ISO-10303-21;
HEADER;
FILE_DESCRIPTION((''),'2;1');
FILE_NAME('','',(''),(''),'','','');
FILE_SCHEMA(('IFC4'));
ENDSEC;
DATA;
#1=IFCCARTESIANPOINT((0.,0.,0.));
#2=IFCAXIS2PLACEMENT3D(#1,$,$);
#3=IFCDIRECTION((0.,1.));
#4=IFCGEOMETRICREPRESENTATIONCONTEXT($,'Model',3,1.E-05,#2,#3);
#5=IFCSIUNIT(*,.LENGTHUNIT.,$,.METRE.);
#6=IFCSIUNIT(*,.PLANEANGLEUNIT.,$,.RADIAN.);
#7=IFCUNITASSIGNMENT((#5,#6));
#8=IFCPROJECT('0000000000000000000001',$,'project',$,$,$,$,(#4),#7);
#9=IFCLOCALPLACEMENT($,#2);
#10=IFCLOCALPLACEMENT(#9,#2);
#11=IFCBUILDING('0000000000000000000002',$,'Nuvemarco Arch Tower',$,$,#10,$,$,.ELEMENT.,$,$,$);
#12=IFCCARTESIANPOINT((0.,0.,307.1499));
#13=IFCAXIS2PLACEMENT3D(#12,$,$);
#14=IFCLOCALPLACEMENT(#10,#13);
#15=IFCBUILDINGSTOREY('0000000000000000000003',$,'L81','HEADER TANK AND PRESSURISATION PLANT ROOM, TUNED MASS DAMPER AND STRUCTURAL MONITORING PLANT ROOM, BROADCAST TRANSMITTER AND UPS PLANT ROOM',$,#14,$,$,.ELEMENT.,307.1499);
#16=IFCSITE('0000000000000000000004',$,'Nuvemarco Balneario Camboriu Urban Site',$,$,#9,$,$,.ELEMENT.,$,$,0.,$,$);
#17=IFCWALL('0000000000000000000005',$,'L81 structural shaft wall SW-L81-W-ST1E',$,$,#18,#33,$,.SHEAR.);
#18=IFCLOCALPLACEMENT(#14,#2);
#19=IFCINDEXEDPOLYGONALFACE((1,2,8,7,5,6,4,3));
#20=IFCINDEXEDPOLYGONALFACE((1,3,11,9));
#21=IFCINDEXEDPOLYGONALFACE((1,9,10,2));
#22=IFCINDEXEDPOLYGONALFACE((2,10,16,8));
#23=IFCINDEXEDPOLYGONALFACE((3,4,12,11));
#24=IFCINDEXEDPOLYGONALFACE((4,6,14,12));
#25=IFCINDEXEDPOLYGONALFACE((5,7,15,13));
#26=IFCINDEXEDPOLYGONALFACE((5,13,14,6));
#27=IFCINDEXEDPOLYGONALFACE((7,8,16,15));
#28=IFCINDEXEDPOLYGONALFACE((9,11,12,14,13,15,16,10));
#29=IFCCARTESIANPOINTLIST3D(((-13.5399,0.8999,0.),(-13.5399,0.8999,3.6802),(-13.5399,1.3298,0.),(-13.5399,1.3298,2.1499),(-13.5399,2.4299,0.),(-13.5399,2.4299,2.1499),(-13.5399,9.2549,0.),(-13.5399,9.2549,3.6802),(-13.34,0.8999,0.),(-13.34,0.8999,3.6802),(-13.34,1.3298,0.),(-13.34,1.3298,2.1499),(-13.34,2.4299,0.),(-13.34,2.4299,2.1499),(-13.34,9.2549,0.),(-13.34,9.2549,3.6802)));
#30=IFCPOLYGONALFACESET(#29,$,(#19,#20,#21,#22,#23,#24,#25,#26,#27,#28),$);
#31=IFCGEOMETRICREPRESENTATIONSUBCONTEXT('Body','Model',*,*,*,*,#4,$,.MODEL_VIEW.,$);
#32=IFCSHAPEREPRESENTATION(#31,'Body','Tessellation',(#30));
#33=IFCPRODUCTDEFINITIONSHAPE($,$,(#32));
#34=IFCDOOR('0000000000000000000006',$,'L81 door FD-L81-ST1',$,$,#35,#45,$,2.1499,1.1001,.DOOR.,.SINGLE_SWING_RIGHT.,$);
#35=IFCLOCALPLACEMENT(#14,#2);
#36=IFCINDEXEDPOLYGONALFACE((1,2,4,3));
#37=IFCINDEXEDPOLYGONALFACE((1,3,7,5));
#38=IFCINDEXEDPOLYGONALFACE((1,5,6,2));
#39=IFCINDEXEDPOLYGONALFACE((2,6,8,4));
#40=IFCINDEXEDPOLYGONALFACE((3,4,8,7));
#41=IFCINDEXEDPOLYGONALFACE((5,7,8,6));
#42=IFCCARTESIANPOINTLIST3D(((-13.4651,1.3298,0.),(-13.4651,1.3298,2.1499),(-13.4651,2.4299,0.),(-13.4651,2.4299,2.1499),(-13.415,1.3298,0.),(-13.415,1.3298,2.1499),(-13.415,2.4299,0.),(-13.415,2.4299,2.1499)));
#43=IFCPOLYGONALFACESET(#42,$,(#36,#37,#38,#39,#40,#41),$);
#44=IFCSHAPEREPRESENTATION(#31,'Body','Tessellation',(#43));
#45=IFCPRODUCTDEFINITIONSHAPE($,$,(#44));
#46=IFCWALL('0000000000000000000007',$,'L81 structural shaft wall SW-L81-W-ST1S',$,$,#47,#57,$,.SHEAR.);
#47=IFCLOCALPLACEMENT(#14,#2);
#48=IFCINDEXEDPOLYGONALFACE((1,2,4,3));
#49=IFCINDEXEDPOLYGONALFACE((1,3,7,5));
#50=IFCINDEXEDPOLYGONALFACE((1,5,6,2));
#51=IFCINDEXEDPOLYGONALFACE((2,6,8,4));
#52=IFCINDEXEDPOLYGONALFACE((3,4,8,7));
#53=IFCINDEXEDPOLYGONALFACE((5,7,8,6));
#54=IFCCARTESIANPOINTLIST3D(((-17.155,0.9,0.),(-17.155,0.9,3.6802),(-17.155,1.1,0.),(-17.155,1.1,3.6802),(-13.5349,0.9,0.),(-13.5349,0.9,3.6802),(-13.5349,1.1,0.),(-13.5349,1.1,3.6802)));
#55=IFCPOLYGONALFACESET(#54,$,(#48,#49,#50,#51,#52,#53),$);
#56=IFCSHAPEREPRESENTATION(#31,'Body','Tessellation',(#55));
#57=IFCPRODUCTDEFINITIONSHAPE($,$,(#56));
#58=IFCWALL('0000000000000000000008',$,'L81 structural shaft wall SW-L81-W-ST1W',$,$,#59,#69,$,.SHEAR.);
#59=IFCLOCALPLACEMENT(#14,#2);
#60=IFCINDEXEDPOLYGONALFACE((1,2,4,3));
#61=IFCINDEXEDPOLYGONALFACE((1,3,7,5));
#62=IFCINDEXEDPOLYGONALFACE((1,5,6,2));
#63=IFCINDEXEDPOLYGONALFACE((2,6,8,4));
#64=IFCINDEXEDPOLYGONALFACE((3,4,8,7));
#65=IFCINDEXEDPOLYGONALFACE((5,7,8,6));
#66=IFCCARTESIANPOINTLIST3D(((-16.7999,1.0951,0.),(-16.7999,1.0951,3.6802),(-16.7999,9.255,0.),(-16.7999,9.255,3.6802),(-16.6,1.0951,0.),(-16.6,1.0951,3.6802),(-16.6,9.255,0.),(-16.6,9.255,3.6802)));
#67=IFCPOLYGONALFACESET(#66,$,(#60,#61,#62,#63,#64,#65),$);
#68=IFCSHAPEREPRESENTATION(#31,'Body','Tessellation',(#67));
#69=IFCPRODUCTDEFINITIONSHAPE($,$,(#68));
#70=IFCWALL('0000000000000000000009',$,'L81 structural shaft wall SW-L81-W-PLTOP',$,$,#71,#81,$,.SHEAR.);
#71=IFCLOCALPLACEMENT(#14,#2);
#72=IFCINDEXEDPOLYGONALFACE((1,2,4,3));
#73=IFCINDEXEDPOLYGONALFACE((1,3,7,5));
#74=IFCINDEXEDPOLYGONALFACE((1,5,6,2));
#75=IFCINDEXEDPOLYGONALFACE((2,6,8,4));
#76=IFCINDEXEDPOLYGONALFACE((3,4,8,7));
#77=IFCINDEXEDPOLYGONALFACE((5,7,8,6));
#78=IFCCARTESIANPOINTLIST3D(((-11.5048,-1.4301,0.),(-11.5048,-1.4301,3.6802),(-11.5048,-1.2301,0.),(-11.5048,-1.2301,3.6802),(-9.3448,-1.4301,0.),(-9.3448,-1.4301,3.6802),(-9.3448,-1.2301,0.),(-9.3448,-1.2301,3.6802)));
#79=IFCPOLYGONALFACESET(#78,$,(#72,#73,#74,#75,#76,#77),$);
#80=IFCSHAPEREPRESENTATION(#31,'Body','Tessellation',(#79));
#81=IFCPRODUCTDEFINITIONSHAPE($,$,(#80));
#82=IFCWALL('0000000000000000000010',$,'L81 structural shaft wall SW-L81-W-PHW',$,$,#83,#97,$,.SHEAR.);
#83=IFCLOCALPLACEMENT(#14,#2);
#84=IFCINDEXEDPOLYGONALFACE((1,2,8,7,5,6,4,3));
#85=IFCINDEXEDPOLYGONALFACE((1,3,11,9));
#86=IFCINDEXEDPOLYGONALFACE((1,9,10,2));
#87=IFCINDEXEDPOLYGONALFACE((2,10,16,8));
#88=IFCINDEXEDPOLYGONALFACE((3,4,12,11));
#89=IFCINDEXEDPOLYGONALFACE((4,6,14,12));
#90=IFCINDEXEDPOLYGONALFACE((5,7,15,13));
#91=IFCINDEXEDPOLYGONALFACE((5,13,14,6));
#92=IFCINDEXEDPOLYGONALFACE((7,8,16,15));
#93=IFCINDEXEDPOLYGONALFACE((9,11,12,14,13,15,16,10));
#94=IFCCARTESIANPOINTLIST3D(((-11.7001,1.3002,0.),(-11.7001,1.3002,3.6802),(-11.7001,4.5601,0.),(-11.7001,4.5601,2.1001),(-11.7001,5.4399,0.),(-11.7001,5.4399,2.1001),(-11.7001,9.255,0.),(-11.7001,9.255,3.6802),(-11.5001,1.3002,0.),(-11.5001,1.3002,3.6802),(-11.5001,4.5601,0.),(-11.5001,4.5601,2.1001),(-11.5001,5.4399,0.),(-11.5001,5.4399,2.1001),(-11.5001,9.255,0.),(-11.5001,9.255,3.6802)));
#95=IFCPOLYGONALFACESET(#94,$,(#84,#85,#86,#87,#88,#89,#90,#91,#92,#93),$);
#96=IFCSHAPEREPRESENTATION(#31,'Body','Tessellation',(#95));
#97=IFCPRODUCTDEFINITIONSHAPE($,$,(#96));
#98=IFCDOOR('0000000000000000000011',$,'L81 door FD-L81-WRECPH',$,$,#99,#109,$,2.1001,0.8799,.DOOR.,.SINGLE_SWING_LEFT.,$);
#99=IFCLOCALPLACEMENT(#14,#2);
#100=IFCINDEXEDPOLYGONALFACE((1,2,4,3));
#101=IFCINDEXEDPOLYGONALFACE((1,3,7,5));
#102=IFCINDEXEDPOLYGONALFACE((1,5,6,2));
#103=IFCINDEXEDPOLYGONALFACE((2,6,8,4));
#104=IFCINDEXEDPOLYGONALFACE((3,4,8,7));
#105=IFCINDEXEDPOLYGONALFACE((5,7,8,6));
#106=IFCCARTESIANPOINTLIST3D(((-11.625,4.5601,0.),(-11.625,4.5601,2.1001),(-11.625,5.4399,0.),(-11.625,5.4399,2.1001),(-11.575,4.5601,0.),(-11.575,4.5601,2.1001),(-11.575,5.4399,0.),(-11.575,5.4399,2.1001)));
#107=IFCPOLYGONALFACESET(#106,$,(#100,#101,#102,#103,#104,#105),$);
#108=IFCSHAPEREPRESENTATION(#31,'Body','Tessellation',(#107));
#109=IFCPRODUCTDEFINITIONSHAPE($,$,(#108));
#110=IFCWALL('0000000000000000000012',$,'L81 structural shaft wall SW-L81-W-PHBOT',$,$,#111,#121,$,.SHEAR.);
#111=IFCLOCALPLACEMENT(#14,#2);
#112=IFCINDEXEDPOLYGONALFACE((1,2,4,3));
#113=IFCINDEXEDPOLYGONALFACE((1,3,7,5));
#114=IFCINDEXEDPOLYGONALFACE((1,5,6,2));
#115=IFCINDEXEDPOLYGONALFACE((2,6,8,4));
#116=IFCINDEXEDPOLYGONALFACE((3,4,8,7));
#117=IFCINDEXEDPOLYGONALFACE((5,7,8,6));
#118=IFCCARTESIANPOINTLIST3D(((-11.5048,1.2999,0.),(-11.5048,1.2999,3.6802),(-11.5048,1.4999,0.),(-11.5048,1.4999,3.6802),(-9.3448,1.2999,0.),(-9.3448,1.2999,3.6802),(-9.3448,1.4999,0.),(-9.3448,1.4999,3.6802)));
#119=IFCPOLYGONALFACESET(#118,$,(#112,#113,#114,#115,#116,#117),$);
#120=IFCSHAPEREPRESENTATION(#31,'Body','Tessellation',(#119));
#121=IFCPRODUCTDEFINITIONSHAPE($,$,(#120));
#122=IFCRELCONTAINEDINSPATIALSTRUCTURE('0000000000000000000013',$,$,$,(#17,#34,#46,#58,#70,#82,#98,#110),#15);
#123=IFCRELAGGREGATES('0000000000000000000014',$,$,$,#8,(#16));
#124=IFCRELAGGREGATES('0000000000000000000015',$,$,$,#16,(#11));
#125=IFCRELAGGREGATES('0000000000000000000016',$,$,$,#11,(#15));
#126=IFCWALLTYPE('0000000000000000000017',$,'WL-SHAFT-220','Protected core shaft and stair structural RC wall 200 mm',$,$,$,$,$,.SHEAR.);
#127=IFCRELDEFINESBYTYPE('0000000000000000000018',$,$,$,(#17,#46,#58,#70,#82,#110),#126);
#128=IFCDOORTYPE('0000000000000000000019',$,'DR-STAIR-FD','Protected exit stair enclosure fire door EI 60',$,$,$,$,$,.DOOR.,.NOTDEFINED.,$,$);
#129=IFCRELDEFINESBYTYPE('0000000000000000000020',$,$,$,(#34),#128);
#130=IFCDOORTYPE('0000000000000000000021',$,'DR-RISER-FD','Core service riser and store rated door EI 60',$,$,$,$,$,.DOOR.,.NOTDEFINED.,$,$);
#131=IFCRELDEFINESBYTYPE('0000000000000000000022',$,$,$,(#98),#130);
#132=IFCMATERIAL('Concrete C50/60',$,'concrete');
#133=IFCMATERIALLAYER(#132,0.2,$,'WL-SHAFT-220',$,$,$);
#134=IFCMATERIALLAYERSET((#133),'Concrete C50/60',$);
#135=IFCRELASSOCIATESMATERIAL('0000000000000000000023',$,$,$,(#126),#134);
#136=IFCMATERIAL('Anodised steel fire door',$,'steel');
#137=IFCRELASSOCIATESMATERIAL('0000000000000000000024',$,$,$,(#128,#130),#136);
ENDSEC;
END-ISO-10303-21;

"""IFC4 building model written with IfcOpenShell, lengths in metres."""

from ifc_helpers import new_model, si_unit, direction, frame, frame_2d, origin, place, context, subcontext, project, spatial, rectangle, extrude, source, transform, mapped, material, layer, layer_set, type_object, type_shapes, element, fill, save


model = new_model("IFC4")

# Units and contexts
model_context = context("Model", 3, precision=1e-05, world=origin(), true_north=direction((0.0, 1.0)))
body_context = subcontext(model_context, "Body", "Model", "MODEL_VIEW")
ifc_project = project(units=[si_unit("LENGTHUNIT", "METRE"), si_unit("PLANEANGLEUNIT", "RADIAN")], contexts=[model_context])

# Site, building, storey
site_placement = place(None, origin())
site = spatial("IfcSite", under=ifc_project, at=site_placement, Name="Nuvemarco Balneario Camboriu Urban Site", CompositionType="ELEMENT", RefElevation=0.0)
building_placement = place(site_placement, origin())
building = spatial("IfcBuilding", under=site, at=building_placement, Name="Nuvemarco Arch Tower", CompositionType="ELEMENT")
storey_placement = place(building_placement, frame((0.0, 0.0, 307.1499)))
storey = spatial("IfcBuildingStorey", under=building, at=storey_placement, Name="L81", Description="HEADER TANK AND PRESSURISATION PLANT ROOM, TUNED MASS DAMPER AND STRUCTURAL MONITORING PLANT ROOM, BROADCAST TRANSMITTER AND UPS PLANT ROOM", CompositionType="ELEMENT", Elevation=307.1499)

# Shared definitions
ifc_material_1 = material(Name="Concrete C50/60", Category="concrete")

# Wall, opening, door
ifc_layer_1 = layer(ifc_material_1, 0.2, Name="WL-SHAFT-220")
ifc_layer_set_1 = layer_set([ifc_layer_1], Name="Concrete C50/60")
wall_type = type_object("IfcWallType", Name="WL-SHAFT-220", Description="Protected core shaft and stair structural RC wall 200 mm", PredefinedType="SHEAR", material=ifc_layer_set_1)
wall_1_placement = place(storey_placement, frame((-13.4399, 0.8999, 0.0), z_axis=(0.0, 0.0, 1.0), x_axis=(0.0, 1.0, 0.0)))
wall_1 = element("IfcWall", 1, at=wall_1_placement, inside=storey, type_object=wall_type, Name="L81 structural shaft wall SW-L81-W-ST1E", PredefinedType="SHEAR", context=body_context, shape_type="SweptSolid", body=[
    extrude(rectangle(XDim=8.355, YDim=0.2, at=frame_2d((4.1775, 0.0))), origin(), (0.0, 0.0, 1.0), 3.6802),
])
opening_1_placement = place(wall_1_placement, frame((1.53, 0.0, 0.0), z_axis=(0.0, 0.0, 1.0), x_axis=(-1.0, 0.0, 0.0)))
opening_1 = element("IfcOpeningElement", 2, at=opening_1_placement, cuts=wall_1, PredefinedType="OPENING", context=body_context, shape_type="SweptSolid", body=[
    extrude(rectangle(XDim=1.1001, YDim=2.1499, at=frame_2d((0.55, 1.075))), frame((0.0, 0.1099, 0.0), z_axis=(0.0, -1.0, 0.0), x_axis=(1.0, 0.0, 0.0)), (0.0, 0.0, 1.0), 0.22),
])
ifc_material_2 = material(Name="Anodised steel fire door", Category="steel")
door_type_1 = type_object("IfcDoorType", Name="DR-STAIR-FD", Description="Protected exit stair enclosure fire door EI 60", OperationType="NOTDEFINED", PredefinedType="DOOR", material=ifc_material_2)
shared_shape_1 = source(origin(), body_context, "Body", "SweptSolid", [
    extrude(rectangle(XDim=1.1001, YDim=2.1499, at=frame_2d((0.55, 1.075))), frame((0.0, 0.0249, 0.0), z_axis=(0.0, -1.0, 0.0), x_axis=(1.0, 0.0, 0.0)), (0.0, 0.0, 1.0), 0.05),
])
type_shapes(door_type_1, [shared_shape_1])
door_1_placement = place(opening_1_placement, origin())
door_1 = element("IfcDoor", 3, at=door_1_placement, inside=storey, type_object=door_type_1, Name="L81 door FD-L81-ST1", OperationType="SINGLE_SWING_RIGHT", OverallHeight=2.1499, OverallWidth=1.1001, PredefinedType="DOOR", context=body_context, shape_type="MappedRepresentation", body=[
    mapped(shared_shape_1, transform((0.0, 0.0, 0.0), scale=1.0)),
])
fill(opening_1, door_1)

# Walls
wall_2_placement = place(storey_placement, frame((-17.155, 1.0, 0.0), z_axis=(0.0, 0.0, 1.0), x_axis=(1.0, 0.0, 0.0)))
element("IfcWall", 4, at=wall_2_placement, inside=storey, type_object=wall_type, Name="L81 structural shaft wall SW-L81-W-ST1S", PredefinedType="SHEAR", context=body_context, shape_type="SweptSolid", body=[
    extrude(rectangle(XDim=3.6201, YDim=0.2, at=frame_2d((1.8101, 0.0))), origin(), (0.0, 0.0, 1.0), 3.6802),
])
wall_3_placement = place(storey_placement, frame((-16.7, 1.095, 0.0), z_axis=(0.0, 0.0, 1.0), x_axis=(0.0, 1.0, 0.0)))
element("IfcWall", 5, at=wall_3_placement, inside=storey, type_object=wall_type, Name="L81 structural shaft wall SW-L81-W-ST1W", PredefinedType="SHEAR", context=body_context, shape_type="SweptSolid", body=[
    extrude(rectangle(XDim=8.1599, YDim=0.2, at=frame_2d((4.0801, 0.0))), origin(), (0.0, 0.0, 1.0), 3.6802),
])
wall_4_placement = place(storey_placement, frame((-11.5049, -1.3301, 0.0), z_axis=(0.0, 0.0, 1.0), x_axis=(1.0, 0.0, 0.0)))
element("IfcWall", 6, at=wall_4_placement, inside=storey, type_object=wall_type, Name="L81 structural shaft wall SW-L81-W-PLTOP", PredefinedType="SHEAR", context=body_context, shape_type="SweptSolid", body=[
    extrude(rectangle(XDim=2.1599, YDim=0.2, at=frame_2d((1.0801, 0.0))), origin(), (0.0, 0.0, 1.0), 3.6802),
])

# Wall, opening, door
wall_5_placement = place(storey_placement, frame((-11.6001, 1.3, 0.0), z_axis=(0.0, 0.0, 1.0), x_axis=(0.0, 1.0, 0.0)))
wall_5 = element("IfcWall", 7, at=wall_5_placement, inside=storey, type_object=wall_type, Name="L81 structural shaft wall SW-L81-W-PHW", PredefinedType="SHEAR", context=body_context, shape_type="SweptSolid", body=[
    extrude(rectangle(XDim=7.9548, YDim=0.2, at=frame_2d((3.9775, 0.0))), origin(), (0.0, 0.0, 1.0), 3.6802),
])
opening_2_placement = place(wall_5_placement, frame((3.26, 0.0, 0.0)))
opening_2 = element("IfcOpeningElement", 8, at=opening_2_placement, cuts=wall_5, PredefinedType="OPENING", context=body_context, shape_type="SweptSolid", body=[
    extrude(rectangle(XDim=0.8799, YDim=2.1001, at=frame_2d((0.4399, 1.05))), frame((0.0, 0.1099, 0.0), z_axis=(0.0, -1.0, 0.0), x_axis=(1.0, 0.0, 0.0)), (0.0, 0.0, 1.0), 0.22),
])
door_type_2 = type_object("IfcDoorType", Name="DR-RISER-FD", Description="Core service riser and store rated door EI 60", OperationType="NOTDEFINED", PredefinedType="DOOR", material=ifc_material_2)
shared_shape_2 = source(origin(), body_context, "Body", "SweptSolid", [
    extrude(rectangle(XDim=0.8799, YDim=2.1001, at=frame_2d((0.4399, 1.05))), frame((0.0, 0.0249, 0.0), z_axis=(0.0, -1.0, 0.0), x_axis=(1.0, 0.0, 0.0)), (0.0, 0.0, 1.0), 0.05),
])
type_shapes(door_type_2, [shared_shape_2])
door_2_placement = place(opening_2_placement, origin())
door_2 = element("IfcDoor", 9, at=door_2_placement, inside=storey, type_object=door_type_2, Name="L81 door FD-L81-WRECPH", OperationType="SINGLE_SWING_LEFT", OverallHeight=2.1001, OverallWidth=0.8799, PredefinedType="DOOR", context=body_context, shape_type="MappedRepresentation", body=[
    mapped(shared_shape_2, transform((0.0, 0.0, 0.0), scale=1.0)),
])
fill(opening_2, door_2)

# Wall
wall_6_placement = place(storey_placement, frame((-11.5049, 1.3999, 0.0), z_axis=(0.0, 0.0, 1.0), x_axis=(1.0, 0.0, 0.0)))
element("IfcWall", 10, at=wall_6_placement, inside=storey, type_object=wall_type, Name="L81 structural shaft wall SW-L81-W-PHBOT", PredefinedType="SHEAR", context=body_context, shape_type="SweptSolid", body=[
    extrude(rectangle(XDim=2.1599, YDim=0.2, at=frame_2d((1.0801, 0.0))), origin(), (0.0, 0.0, 1.0), 3.6802),
])

save(model, "model.ifc")
